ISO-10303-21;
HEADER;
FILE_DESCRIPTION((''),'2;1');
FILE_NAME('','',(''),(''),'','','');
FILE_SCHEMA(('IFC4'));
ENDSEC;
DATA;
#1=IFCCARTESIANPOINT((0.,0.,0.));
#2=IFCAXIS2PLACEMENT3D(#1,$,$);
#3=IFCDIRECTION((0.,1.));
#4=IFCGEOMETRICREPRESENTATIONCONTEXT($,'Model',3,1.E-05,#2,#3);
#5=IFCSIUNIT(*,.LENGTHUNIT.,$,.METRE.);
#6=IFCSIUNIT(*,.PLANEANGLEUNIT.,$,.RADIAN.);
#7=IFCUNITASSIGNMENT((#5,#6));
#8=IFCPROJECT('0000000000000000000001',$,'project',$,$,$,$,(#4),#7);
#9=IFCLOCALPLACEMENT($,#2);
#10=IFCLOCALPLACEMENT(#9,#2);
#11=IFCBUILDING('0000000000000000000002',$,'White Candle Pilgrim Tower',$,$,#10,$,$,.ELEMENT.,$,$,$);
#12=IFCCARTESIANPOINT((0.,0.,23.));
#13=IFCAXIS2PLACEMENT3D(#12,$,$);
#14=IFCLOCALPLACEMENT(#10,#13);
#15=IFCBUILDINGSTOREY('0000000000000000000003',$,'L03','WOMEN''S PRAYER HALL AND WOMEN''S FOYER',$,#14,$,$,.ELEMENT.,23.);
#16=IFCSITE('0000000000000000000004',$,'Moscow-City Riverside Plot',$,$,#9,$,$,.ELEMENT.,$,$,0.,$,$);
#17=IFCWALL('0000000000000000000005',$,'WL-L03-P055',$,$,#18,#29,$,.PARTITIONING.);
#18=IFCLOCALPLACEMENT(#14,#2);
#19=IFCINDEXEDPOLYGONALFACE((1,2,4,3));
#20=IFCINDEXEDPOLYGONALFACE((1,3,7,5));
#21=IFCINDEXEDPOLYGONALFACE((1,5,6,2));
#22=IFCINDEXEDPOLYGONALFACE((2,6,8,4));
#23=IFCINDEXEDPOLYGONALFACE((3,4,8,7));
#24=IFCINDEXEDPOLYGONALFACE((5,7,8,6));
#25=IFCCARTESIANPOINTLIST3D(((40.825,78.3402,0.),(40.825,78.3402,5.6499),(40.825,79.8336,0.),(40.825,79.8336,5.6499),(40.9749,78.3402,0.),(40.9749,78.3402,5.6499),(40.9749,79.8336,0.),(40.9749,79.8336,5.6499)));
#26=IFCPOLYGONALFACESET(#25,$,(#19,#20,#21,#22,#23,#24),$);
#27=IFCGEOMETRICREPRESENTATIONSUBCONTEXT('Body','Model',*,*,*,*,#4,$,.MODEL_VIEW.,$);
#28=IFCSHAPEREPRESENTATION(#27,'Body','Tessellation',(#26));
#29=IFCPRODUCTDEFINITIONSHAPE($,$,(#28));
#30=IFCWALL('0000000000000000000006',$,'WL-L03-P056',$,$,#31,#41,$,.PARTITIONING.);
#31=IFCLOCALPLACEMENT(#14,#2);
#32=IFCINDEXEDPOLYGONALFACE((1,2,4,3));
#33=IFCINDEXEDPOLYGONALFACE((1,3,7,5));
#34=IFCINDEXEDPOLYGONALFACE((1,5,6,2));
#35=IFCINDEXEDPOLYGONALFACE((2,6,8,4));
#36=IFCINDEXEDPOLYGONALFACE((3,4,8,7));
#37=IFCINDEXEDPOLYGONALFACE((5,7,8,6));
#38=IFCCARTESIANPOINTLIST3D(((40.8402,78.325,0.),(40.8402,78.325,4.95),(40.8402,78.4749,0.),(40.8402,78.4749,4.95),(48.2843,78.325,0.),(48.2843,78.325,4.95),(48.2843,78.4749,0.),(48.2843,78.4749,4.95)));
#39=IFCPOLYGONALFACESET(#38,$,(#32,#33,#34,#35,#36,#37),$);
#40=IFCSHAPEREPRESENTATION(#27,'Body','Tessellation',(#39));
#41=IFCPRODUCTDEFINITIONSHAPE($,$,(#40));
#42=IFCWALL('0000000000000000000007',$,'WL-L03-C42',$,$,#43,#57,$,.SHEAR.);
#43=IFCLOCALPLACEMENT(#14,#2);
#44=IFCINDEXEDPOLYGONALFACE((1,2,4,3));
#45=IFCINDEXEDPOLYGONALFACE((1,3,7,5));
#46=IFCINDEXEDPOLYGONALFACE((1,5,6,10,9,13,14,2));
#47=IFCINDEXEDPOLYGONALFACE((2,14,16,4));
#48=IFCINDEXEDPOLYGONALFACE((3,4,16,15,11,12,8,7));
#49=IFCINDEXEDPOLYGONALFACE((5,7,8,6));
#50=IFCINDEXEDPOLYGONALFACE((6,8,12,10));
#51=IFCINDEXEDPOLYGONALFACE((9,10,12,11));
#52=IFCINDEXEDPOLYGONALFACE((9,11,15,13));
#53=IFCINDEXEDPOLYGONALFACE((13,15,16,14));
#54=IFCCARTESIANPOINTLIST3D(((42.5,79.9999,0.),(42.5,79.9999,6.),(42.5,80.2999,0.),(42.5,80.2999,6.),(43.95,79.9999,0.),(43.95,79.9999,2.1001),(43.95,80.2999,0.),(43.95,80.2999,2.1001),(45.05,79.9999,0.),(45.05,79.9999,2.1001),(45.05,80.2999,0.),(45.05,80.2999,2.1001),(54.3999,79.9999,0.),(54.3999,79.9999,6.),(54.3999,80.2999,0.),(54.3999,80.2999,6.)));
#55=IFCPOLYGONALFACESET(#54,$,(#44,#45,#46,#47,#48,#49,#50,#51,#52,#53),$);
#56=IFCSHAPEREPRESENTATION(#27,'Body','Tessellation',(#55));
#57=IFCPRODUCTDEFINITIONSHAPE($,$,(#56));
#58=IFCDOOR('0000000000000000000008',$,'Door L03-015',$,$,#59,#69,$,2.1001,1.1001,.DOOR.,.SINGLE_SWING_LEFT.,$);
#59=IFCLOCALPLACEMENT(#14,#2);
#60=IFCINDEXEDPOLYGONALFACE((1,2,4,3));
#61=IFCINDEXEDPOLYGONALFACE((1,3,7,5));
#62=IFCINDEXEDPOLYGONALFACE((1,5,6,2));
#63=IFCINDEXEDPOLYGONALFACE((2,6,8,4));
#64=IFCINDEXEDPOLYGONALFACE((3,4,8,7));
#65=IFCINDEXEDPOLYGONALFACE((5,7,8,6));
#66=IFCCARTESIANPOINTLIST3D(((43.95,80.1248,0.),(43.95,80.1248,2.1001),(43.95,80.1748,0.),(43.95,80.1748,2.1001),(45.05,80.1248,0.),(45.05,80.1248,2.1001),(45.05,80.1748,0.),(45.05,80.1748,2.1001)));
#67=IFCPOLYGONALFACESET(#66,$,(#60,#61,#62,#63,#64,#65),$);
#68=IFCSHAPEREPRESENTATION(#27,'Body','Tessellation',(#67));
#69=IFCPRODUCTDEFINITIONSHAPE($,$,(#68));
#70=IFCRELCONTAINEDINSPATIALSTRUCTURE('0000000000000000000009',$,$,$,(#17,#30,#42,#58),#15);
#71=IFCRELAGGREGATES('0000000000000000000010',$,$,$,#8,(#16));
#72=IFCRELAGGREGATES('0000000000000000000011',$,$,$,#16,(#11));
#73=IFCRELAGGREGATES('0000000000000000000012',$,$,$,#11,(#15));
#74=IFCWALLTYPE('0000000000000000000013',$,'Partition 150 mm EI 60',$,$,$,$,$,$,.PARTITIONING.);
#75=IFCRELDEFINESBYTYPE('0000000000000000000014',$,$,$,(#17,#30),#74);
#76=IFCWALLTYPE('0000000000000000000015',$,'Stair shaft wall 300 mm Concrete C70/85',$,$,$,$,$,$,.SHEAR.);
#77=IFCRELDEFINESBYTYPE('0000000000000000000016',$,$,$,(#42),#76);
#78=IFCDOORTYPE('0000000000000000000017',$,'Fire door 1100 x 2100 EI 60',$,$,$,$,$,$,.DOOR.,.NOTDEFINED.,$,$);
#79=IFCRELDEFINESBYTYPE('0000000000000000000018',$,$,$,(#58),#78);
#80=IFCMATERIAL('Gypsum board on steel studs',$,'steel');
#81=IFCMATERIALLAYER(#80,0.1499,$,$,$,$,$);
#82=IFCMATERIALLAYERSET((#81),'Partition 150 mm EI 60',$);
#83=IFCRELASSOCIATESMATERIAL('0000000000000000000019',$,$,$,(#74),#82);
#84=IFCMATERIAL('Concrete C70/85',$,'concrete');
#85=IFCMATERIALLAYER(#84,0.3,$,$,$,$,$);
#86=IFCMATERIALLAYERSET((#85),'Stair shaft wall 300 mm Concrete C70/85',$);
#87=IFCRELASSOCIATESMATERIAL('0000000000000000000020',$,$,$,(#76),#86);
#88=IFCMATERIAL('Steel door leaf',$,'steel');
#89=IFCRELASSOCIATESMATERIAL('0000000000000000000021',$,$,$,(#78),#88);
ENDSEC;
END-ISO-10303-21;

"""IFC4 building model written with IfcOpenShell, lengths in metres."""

from ifc_helpers import new_model, si_unit, direction, frame, frame_2d, origin, place, context, subcontext, project, spatial, rectangle, extrude, material, layer, layer_set, type_object, element, fill, save


model = new_model("IFC4")

# Units and contexts
model_context = context("Model", 3, precision=1e-05, world=origin(), true_north=direction((0.0, 1.0)))
body_context = subcontext(model_context, "Body", "Model", "MODEL_VIEW")
ifc_project = project(units=[si_unit("LENGTHUNIT", "METRE"), si_unit("PLANEANGLEUNIT", "RADIAN")], contexts=[model_context])

# Site, building, storey
site_placement = place(None, origin())
site = spatial("IfcSite", under=ifc_project, at=site_placement, Name="Moscow-City Riverside Plot", CompositionType="ELEMENT", RefElevation=0.0)
building_placement = place(site_placement, origin())
building = spatial("IfcBuilding", under=site, at=building_placement, Name="White Candle Pilgrim Tower", CompositionType="ELEMENT")
storey_placement = place(building_placement, frame((0.0, 0.0, 23.0)))
storey = spatial("IfcBuildingStorey", under=building, at=storey_placement, Name="L03", Description="WOMEN'S PRAYER HALL AND WOMEN'S FOYER", CompositionType="ELEMENT", Elevation=23.0)

# Walls
ifc_material_1 = material(Name="Gypsum board on steel studs", Category="steel")
ifc_layer_1 = layer(ifc_material_1, 0.1499)
ifc_layer_set_1 = layer_set([ifc_layer_1], Name="Partition 150 mm EI 60")
wall_type_1 = type_object("IfcWallType", Name="Partition 150 mm EI 60", PredefinedType="PARTITIONING", material=ifc_layer_set_1)
wall_1_placement = place(storey_placement, frame((40.8999, 79.8335, 0.0), z_axis=(0.0, 0.0, 1.0), x_axis=(0.0, -1.0, 0.0)))
element("IfcWall", 1, at=wall_1_placement, inside=storey, type_object=wall_type_1, Name="WL-L03-P055", PredefinedType="PARTITIONING", context=body_context, shape_type="SweptSolid", body=[
    extrude(rectangle(XDim=1.4934, YDim=0.1499, at=frame_2d((0.7466, 0.0))), origin(), (0.0, 0.0, 1.0), 5.6499),
])
wall_2_placement = place(storey_placement, frame((40.8401, 78.3999, 0.0), z_axis=(0.0, 0.0, 1.0), x_axis=(1.0, 0.0, 0.0)))
element("IfcWall", 2, at=wall_2_placement, inside=storey, type_object=wall_type_1, Name="WL-L03-P056", PredefinedType="PARTITIONING", context=body_context, shape_type="SweptSolid", body=[
    extrude(rectangle(XDim=7.4441, YDim=0.1499, at=frame_2d((3.7222, 0.0))), origin(), (0.0, 0.0, 1.0), 4.95),
])

# Wall, opening, door
ifc_material_2 = material(Name="Concrete C70/85", Category="concrete")
ifc_layer_2 = layer(ifc_material_2, 0.3)
ifc_layer_set_2 = layer_set([ifc_layer_2], Name="Stair shaft wall 300 mm Concrete C70/85")
wall_type_2 = type_object("IfcWallType", Name="Stair shaft wall 300 mm Concrete C70/85", PredefinedType="SHEAR", material=ifc_layer_set_2)
wall_3_placement = place(storey_placement, frame((42.5, 80.1499, 0.0), z_axis=(0.0, 0.0, 1.0), x_axis=(1.0, 0.0, 0.0)))
wall_3 = element("IfcWall", 3, at=wall_3_placement, inside=storey, type_object=wall_type_2, Name="WL-L03-C42", PredefinedType="SHEAR", context=body_context, shape_type="SweptSolid", body=[
    extrude(rectangle(XDim=11.8999, YDim=0.3, at=frame_2d((5.95, 0.0))), origin(), (0.0, 0.0, 1.0), 6.0),
])
opening_placement = place(wall_3_placement, frame((1.45, 0.0, 0.0)))
opening = element("IfcOpeningElement", 4, at=opening_placement, cuts=wall_3, PredefinedType="OPENING", context=body_context, shape_type="SweptSolid", body=[
    extrude(rectangle(XDim=1.1001, YDim=2.1001, at=frame_2d((0.55, 1.05))), frame((0.0, 0.1599, 0.0), z_axis=(0.0, -1.0, 0.0), x_axis=(1.0, 0.0, 0.0)), (0.0, 0.0, 1.0), 0.3201),
])
ifc_material_3 = material(Name="Steel door leaf", Category="steel")
door_type = type_object("IfcDoorType", Name="Fire door 1100 x 2100 EI 60", OperationType="NOTDEFINED", PredefinedType="DOOR", material=ifc_material_3)
door_placement = place(opening_placement, origin())
door = element("IfcDoor", 5, at=door_placement, inside=storey, type_object=door_type, Name="Door L03-015", OperationType="SINGLE_SWING_LEFT", OverallHeight=2.1001, OverallWidth=1.1001, PredefinedType="DOOR", context=body_context, shape_type="SweptSolid", body=[
    extrude(rectangle(XDim=1.1001, YDim=2.1001, at=frame_2d((0.55, 1.05))), frame((0.0, 0.0249, 0.0), z_axis=(0.0, -1.0, 0.0), x_axis=(1.0, 0.0, 0.0)), (0.0, 0.0, 1.0), 0.05),
])
fill(opening, door)

save(model, "model.ifc")
